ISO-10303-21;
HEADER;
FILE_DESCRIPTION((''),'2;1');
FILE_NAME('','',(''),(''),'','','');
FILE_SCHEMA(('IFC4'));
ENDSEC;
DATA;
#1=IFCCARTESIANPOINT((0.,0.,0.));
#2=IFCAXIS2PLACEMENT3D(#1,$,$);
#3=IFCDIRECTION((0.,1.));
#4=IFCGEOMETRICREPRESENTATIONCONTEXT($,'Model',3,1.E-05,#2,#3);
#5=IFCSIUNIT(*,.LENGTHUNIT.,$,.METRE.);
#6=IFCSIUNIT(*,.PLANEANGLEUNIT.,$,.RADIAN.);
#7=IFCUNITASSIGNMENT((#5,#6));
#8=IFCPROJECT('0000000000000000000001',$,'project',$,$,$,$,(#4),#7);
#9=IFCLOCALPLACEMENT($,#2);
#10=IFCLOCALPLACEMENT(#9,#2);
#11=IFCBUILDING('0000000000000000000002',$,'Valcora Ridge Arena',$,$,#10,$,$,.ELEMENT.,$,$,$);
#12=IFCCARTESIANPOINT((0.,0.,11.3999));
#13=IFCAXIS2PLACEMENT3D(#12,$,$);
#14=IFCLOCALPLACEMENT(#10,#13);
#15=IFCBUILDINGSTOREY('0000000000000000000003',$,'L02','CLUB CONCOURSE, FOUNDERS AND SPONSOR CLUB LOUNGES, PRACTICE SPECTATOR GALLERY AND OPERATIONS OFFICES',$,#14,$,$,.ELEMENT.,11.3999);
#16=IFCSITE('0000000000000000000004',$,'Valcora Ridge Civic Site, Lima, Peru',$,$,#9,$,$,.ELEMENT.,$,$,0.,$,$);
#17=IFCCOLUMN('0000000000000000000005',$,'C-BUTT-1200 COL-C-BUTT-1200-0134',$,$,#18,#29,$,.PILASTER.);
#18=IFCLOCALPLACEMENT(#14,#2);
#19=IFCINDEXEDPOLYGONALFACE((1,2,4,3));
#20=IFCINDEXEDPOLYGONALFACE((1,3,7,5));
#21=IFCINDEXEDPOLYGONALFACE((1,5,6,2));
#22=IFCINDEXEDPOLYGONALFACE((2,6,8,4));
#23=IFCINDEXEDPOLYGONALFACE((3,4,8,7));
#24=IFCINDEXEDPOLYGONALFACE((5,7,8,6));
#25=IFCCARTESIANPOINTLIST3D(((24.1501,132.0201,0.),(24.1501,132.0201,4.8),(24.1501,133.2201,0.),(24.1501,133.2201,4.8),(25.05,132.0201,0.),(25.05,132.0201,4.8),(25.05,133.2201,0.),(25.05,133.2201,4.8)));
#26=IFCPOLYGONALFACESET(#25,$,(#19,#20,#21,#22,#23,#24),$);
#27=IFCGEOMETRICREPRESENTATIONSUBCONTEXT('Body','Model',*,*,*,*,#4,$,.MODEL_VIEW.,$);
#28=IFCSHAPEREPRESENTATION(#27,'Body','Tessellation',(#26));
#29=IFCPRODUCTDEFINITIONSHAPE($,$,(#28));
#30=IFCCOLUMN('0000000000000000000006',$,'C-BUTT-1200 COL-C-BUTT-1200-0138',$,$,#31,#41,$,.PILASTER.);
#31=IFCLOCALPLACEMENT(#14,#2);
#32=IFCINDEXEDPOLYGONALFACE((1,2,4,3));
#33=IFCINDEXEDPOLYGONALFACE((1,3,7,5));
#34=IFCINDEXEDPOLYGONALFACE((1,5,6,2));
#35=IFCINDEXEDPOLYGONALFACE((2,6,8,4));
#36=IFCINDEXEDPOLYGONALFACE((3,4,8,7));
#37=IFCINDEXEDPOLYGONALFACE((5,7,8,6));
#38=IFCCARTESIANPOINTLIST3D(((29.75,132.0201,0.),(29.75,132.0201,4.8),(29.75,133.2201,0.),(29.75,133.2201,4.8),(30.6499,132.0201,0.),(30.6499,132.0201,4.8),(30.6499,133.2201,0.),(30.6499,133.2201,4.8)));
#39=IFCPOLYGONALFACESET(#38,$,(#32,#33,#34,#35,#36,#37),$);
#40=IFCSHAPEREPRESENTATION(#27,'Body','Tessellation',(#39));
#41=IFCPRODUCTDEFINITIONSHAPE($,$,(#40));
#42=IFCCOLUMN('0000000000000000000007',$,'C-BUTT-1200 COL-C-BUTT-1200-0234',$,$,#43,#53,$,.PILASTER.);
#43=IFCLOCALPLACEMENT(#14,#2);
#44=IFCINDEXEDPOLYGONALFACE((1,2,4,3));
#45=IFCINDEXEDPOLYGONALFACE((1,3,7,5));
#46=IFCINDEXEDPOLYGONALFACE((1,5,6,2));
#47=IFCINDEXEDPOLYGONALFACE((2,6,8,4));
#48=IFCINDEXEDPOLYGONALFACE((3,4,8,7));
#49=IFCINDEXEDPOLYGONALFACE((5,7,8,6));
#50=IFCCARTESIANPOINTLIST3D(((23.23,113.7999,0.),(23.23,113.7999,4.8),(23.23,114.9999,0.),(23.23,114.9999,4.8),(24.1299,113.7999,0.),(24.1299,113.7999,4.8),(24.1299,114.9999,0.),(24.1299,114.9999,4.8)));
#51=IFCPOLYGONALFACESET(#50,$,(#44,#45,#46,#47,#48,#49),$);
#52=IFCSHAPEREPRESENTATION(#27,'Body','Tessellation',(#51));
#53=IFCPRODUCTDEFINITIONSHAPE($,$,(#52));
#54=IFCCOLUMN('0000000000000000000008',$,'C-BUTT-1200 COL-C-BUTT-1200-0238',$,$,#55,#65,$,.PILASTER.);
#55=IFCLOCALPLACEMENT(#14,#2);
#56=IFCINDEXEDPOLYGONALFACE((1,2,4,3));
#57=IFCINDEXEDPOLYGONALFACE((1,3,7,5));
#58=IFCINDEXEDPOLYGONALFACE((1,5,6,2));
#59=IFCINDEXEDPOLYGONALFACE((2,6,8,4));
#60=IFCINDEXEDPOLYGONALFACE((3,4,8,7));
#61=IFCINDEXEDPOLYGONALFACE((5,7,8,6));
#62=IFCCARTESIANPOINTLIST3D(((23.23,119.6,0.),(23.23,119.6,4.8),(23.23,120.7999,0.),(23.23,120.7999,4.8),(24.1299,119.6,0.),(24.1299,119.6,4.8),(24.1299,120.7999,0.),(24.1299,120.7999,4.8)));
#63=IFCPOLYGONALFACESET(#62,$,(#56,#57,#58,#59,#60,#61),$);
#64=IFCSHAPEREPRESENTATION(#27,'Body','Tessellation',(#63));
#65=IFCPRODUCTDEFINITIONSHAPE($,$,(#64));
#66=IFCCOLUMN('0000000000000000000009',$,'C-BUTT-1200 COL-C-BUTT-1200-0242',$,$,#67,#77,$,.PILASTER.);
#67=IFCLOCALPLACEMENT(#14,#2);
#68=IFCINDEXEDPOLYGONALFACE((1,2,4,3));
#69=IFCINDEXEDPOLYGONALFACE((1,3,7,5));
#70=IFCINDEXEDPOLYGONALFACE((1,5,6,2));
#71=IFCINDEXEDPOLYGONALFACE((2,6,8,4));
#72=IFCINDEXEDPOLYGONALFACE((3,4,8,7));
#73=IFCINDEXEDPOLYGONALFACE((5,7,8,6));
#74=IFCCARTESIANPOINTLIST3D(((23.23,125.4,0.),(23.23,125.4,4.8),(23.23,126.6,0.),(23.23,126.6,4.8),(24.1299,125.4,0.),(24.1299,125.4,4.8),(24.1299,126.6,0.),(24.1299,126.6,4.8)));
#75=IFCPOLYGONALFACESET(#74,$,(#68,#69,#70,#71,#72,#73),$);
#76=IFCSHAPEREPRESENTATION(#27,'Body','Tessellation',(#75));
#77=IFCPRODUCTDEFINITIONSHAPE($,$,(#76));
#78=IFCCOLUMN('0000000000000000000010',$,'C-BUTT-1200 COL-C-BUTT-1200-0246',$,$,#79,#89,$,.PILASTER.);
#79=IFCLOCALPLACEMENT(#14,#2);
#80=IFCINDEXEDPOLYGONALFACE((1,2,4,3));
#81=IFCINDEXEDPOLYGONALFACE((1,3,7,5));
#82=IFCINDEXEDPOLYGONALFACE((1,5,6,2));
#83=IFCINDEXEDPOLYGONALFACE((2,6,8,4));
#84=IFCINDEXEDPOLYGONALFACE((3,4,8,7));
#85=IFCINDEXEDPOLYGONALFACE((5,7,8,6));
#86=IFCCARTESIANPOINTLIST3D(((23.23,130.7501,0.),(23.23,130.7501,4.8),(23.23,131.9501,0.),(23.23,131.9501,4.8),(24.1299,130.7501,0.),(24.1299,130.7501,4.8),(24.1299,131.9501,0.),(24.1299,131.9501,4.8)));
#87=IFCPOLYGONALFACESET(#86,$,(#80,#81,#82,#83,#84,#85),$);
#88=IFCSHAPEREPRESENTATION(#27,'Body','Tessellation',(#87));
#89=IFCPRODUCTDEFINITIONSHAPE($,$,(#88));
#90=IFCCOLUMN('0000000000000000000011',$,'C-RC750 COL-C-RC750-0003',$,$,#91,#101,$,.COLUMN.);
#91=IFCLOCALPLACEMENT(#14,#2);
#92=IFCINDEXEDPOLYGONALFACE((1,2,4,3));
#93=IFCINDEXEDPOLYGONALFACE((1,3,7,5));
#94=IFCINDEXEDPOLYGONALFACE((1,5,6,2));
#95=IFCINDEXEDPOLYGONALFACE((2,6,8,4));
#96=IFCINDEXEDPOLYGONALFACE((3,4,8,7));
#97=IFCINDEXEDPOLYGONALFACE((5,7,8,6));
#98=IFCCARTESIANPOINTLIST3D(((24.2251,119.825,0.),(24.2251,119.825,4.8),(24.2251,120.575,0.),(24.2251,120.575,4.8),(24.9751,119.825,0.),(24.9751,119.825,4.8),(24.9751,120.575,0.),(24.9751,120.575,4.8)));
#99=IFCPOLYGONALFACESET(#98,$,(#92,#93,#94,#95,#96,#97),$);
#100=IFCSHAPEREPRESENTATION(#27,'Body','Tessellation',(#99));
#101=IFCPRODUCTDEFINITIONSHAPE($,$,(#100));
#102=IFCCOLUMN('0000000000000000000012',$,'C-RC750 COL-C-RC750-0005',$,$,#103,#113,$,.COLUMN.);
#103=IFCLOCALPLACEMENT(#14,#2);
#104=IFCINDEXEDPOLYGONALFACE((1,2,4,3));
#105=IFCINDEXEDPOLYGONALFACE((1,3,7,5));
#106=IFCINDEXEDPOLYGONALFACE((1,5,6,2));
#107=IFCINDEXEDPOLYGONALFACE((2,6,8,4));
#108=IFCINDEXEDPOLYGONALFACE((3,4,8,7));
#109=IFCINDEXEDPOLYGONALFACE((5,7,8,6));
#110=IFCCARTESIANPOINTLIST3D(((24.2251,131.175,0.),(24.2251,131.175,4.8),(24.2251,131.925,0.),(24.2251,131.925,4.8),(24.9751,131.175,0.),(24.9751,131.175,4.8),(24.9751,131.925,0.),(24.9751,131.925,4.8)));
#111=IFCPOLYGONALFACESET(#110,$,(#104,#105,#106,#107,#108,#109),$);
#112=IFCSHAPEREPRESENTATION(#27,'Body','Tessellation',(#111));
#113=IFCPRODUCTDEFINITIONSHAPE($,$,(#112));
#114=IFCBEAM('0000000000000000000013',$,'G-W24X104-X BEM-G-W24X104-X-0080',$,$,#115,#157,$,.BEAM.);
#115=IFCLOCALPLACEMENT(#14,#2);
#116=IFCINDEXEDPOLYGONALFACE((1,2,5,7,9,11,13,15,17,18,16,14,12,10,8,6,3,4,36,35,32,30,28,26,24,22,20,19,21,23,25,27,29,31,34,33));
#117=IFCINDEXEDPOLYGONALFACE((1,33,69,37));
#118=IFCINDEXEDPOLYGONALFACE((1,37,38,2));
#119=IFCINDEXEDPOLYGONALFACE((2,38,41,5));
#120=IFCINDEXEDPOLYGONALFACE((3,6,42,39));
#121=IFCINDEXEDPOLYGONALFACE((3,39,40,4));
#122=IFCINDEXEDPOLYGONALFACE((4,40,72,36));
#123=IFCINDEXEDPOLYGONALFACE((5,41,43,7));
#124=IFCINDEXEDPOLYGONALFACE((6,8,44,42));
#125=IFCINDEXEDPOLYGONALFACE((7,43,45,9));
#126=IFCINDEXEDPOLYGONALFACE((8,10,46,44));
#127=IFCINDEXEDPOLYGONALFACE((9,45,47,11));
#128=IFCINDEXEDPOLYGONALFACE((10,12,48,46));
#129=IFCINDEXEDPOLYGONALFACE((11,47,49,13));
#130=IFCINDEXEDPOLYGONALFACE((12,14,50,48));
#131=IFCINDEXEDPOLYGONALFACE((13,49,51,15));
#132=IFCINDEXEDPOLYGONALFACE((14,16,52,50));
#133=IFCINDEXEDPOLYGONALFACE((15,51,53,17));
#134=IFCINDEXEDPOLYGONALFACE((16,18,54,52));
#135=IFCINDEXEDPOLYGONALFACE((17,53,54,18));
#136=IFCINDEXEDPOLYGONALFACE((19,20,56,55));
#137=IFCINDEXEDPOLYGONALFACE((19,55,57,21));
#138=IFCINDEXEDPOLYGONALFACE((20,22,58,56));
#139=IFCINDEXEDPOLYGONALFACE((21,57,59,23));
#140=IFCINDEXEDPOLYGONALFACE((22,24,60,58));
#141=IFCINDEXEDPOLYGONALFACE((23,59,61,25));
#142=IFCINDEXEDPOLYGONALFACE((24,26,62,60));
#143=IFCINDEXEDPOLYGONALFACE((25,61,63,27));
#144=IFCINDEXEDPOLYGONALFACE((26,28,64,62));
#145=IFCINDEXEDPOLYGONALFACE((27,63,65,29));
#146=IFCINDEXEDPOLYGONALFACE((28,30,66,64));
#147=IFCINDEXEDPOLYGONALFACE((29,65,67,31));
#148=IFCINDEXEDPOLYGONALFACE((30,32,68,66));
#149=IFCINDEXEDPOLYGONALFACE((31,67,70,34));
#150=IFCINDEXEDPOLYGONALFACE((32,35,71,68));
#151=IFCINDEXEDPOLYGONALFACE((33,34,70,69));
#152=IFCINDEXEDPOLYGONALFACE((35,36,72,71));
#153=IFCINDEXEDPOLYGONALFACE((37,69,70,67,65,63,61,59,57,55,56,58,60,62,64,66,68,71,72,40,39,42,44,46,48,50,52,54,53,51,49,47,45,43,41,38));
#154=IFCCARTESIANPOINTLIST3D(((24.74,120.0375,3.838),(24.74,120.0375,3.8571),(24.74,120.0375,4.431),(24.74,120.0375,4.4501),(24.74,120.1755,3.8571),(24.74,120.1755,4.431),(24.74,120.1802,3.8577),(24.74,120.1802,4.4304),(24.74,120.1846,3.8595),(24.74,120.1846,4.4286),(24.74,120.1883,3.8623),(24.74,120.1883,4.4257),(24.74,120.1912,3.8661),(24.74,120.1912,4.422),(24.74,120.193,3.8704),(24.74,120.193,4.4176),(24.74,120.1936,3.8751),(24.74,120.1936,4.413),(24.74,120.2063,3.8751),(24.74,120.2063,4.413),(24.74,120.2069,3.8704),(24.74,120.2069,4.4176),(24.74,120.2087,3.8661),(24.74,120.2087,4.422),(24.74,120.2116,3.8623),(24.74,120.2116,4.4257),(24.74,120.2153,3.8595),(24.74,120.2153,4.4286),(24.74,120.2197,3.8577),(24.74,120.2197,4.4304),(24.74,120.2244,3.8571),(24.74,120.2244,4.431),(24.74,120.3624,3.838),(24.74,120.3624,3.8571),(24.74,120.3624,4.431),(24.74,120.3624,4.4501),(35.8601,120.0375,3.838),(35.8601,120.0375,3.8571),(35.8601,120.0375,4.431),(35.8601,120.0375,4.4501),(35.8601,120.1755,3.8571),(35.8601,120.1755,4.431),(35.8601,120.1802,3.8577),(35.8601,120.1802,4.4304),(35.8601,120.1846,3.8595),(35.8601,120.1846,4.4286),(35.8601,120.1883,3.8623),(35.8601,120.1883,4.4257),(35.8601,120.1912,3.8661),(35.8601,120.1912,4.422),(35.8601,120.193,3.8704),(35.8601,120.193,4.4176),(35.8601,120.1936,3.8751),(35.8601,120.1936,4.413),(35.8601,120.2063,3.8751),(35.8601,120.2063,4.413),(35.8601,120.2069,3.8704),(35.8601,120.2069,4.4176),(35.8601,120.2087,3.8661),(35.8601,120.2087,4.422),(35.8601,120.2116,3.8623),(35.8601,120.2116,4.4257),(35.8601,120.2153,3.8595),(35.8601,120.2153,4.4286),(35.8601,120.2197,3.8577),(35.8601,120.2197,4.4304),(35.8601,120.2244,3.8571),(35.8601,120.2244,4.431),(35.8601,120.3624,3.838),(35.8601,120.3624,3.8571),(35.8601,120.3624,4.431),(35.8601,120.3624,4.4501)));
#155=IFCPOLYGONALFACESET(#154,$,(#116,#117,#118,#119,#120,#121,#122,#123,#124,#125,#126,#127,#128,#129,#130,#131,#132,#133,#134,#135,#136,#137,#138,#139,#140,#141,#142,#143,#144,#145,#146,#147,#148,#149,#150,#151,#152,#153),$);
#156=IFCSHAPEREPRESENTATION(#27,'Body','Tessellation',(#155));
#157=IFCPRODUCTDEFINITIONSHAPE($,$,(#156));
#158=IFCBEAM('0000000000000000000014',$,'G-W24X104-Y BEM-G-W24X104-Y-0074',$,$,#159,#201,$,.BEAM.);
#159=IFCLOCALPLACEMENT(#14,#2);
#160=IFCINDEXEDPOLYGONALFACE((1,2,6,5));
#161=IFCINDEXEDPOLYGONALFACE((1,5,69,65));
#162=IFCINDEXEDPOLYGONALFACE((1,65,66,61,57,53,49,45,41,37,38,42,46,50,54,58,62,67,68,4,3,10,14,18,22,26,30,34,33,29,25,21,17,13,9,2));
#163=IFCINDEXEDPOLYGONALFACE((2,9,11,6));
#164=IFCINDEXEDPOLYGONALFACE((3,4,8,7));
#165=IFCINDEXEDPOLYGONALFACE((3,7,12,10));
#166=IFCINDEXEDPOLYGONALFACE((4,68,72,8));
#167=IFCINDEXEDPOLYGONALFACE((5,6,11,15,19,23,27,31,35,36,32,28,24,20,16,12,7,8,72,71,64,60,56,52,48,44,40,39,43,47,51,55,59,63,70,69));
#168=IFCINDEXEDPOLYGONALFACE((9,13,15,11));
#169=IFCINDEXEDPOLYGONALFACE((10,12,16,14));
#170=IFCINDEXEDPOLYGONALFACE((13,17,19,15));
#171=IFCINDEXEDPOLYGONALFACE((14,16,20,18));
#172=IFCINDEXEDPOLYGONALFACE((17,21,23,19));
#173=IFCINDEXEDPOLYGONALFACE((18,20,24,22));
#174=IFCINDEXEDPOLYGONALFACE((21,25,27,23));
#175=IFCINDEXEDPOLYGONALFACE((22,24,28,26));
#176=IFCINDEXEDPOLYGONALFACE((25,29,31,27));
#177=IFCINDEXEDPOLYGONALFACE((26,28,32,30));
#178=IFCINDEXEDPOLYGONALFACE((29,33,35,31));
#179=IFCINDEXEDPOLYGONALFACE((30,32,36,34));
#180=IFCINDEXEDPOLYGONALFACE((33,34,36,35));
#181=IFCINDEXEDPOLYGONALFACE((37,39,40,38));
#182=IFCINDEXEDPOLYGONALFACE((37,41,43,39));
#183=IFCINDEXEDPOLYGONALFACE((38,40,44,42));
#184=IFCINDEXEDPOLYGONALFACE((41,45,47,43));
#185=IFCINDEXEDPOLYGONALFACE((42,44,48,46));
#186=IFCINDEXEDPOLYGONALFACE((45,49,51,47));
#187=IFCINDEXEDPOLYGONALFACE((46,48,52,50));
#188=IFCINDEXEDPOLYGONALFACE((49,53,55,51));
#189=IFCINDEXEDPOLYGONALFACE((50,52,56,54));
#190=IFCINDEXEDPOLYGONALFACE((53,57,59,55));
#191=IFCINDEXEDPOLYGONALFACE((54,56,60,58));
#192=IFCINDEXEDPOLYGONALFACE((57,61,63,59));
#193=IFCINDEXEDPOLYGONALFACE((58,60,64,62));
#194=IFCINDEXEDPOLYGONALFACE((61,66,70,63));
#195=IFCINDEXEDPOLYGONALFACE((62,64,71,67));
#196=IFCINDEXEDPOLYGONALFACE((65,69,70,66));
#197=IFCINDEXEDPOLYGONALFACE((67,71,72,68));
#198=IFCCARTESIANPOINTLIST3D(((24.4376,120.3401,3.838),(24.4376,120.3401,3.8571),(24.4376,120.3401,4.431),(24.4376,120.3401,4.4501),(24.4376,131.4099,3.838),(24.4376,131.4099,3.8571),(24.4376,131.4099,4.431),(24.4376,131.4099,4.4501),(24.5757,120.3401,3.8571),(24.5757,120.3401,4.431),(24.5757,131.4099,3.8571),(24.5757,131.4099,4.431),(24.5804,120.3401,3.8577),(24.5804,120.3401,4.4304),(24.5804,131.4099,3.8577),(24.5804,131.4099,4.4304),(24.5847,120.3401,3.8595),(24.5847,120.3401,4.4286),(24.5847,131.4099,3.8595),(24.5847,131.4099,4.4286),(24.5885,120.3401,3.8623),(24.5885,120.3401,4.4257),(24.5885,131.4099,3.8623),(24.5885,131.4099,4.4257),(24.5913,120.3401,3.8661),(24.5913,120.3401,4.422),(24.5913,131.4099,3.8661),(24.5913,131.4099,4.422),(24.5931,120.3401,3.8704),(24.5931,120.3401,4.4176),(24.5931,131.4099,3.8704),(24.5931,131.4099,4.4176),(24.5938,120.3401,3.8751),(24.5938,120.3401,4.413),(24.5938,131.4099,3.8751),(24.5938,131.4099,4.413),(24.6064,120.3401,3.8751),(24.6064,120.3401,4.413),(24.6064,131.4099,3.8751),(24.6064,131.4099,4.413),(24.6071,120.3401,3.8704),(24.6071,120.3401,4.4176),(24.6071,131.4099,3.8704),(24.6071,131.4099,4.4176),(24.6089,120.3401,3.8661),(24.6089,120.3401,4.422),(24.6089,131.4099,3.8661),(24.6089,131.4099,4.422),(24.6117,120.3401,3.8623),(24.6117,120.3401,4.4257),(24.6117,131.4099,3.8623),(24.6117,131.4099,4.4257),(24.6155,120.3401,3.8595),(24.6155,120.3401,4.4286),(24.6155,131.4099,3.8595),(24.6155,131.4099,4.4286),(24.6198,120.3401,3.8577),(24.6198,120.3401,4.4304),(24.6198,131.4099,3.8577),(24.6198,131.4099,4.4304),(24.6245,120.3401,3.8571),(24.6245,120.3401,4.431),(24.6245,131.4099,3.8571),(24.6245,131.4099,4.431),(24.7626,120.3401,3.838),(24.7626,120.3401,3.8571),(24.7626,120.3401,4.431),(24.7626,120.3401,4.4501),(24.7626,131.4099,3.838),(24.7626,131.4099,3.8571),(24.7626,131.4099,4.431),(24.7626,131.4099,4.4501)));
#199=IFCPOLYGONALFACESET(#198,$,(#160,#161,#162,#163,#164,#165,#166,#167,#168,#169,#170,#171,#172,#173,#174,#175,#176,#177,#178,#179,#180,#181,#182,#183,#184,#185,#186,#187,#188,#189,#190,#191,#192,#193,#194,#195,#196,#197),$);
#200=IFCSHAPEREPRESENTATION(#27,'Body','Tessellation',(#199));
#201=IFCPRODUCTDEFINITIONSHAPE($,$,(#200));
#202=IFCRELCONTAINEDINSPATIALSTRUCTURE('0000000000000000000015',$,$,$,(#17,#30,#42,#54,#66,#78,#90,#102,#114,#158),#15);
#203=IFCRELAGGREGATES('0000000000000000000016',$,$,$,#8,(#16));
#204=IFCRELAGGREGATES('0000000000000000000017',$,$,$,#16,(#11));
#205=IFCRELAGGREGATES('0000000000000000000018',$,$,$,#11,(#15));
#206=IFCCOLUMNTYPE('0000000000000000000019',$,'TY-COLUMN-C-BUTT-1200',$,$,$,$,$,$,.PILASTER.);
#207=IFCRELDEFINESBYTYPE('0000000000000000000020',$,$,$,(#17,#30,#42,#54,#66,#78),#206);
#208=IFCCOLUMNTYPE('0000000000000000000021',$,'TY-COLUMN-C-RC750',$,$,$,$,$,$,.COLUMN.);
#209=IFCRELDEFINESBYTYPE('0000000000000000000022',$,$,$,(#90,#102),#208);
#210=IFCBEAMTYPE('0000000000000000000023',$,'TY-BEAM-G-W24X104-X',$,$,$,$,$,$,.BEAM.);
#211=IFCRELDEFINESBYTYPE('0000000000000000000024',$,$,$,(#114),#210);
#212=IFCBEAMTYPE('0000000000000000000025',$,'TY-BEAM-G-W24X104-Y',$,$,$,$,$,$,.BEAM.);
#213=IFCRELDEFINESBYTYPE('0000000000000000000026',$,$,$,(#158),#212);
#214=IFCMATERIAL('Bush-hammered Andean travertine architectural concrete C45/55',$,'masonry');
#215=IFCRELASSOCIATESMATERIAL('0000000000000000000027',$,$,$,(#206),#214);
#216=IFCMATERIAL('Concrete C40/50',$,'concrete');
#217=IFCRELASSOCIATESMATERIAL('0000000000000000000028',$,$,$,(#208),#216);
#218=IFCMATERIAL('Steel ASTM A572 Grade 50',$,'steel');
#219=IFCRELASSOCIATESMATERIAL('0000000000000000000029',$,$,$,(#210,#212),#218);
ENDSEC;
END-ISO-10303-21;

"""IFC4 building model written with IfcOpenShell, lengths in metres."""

from ifc_helpers import new_model, si_unit, direction, frame, origin, origin_2d, place, context, subcontext, project, spatial, rectangle, i_section, extrude, material, material_profile, profile_set, type_object, element, save


model = new_model("IFC4")

# Units and contexts
model_context = context("Model", 3, precision=1e-05, world=origin(), true_north=direction((0.0, 1.0)))
body_context = subcontext(model_context, "Body", "Model", "MODEL_VIEW")
ifc_project = project(units=[si_unit("LENGTHUNIT", "METRE"), si_unit("PLANEANGLEUNIT", "RADIAN")], contexts=[model_context])

# Site, building, storey
site_placement = place(None, origin())
site = spatial("IfcSite", under=ifc_project, at=site_placement, Name="Valcora Ridge Civic Site, Lima, Peru", CompositionType="ELEMENT", RefElevation=0.0)
building_placement = place(site_placement, origin())
building = spatial("IfcBuilding", under=site, at=building_placement, Name="Valcora Ridge Arena", CompositionType="ELEMENT")
storey_placement = place(building_placement, frame((0.0, 0.0, 11.3999)))
storey = spatial("IfcBuildingStorey", under=building, at=storey_placement, Name="L02", Description="CLUB CONCOURSE, FOUNDERS AND SPONSOR CLUB LOUNGES, PRACTICE SPECTATOR GALLERY AND OPERATIONS OFFICES", CompositionType="ELEMENT", Elevation=11.3999)

# Columns
ifc_material_1 = material(Name="Bush-hammered Andean travertine architectural concrete C45/55", Category="masonry")
ifc_material_profile_1 = material_profile(ifc_material_1, rectangle(XDim=0.8999, YDim=1.2, at=origin_2d()), Name="RC 900x1200")
ifc_profile_set_1 = profile_set([ifc_material_profile_1], Name="Bush-hammered Andean travertine architectural concrete C45/55")
column_type_1 = type_object("IfcColumnType", Name="TY-COLUMN-C-BUTT-1200", PredefinedType="PILASTER", material=ifc_profile_set_1)
for number, where, z_axis, x_axis, name in (
    (1, (24.6001, 132.6201, 0.0), (0.0, 0.0, 1.0), (1.0, 0.0, 0.0), "C-BUTT-1200 COL-C-BUTT-1200-0134"),
    (2, (30.2, 132.6201, 0.0), (0.0, 0.0, 1.0), (1.0, 0.0, 0.0), "C-BUTT-1200 COL-C-BUTT-1200-0138"),
    (3, (23.6799, 114.3999, 0.0), (0.0, 0.0, 1.0), (1.0, 0.0, 0.0), "C-BUTT-1200 COL-C-BUTT-1200-0234"),
    (4, (23.6799, 120.2, 0.0), (0.0, 0.0, 1.0), (1.0, 0.0, 0.0), "C-BUTT-1200 COL-C-BUTT-1200-0238"),
    (5, (23.6799, 126.0, 0.0), (0.0, 0.0, 1.0), (1.0, 0.0, 0.0), "C-BUTT-1200 COL-C-BUTT-1200-0242"),
    (6, (23.6799, 131.3501, 0.0), (0.0, 0.0, 1.0), (1.0, 0.0, 0.0), "C-BUTT-1200 COL-C-BUTT-1200-0246"),
):
    element("IfcColumn", number, at=place(storey_placement, frame(where, z_axis=z_axis, x_axis=x_axis)), inside=storey, type_object=column_type_1, Name=name, PredefinedType="PILASTER", context=body_context, shape_type="SweptSolid", body=[
        extrude(rectangle(XDim=0.8999, YDim=1.2, at=origin_2d()), origin(), (0.0, 0.0, 1.0), 4.8),
    ])
ifc_material_2 = material(Name="Concrete C40/50", Category="concrete")
ifc_material_profile_2 = material_profile(ifc_material_2, rectangle(XDim=0.75, YDim=0.75, at=origin_2d()), Name="RC 750x750")
ifc_profile_set_2 = profile_set([ifc_material_profile_2], Name="Concrete C40/50")
column_type_2 = type_object("IfcColumnType", Name="TY-COLUMN-C-RC750", PredefinedType="COLUMN", material=ifc_profile_set_2)
for number, where, z_axis, x_axis, name in (
    (7, (24.6001, 120.2, 0.0), (0.0, 0.0, 1.0), (1.0, 0.0, 0.0), "C-RC750 COL-C-RC750-0003"),
    (8, (24.6001, 131.55, 0.0), (0.0, 0.0, 1.0), (1.0, 0.0, 0.0), "C-RC750 COL-C-RC750-0005"),
):
    element("IfcColumn", number, at=place(storey_placement, frame(where, z_axis=z_axis, x_axis=x_axis)), inside=storey, type_object=column_type_2, Name=name, PredefinedType="COLUMN", context=body_context, shape_type="SweptSolid", body=[
        extrude(rectangle(XDim=0.75, YDim=0.75, at=origin_2d()), origin(), (0.0, 0.0, 1.0), 4.8),
    ])

# Beams
ifc_material_3 = material(Name="Steel ASTM A572 Grade 50", Category="steel")
ifc_material_profile_3 = material_profile(ifc_material_3, i_section(OverallWidth=0.325, OverallDepth=0.6121, WebThickness=0.0127, FlangeThickness=0.019, FilletRadius=0.0181, at=origin_2d()), Name="W24X104")
ifc_profile_set_3 = profile_set([ifc_material_profile_3], Name="Steel ASTM A572 Grade 50")
beam_type_1 = type_object("IfcBeamType", Name="TY-BEAM-G-W24X104-X", PredefinedType="BEAM", material=ifc_profile_set_3)
beam_1_placement = place(storey_placement, frame((24.74, 120.2, 4.144), z_axis=(1.0, 0.0, 0.0), x_axis=(0.0, 1.0, 0.0)))
element("IfcBeam", 9, at=beam_1_placement, inside=storey, type_object=beam_type_1, Name="G-W24X104-X BEM-G-W24X104-X-0080", PredefinedType="BEAM", context=body_context, shape_type="SweptSolid", body=[
    extrude(i_section(OverallWidth=0.325, OverallDepth=0.6121, WebThickness=0.0127, FlangeThickness=0.019, FilletRadius=0.0181, at=origin_2d()), origin(), (0.0, 0.0, 1.0), 11.1201),
])
ifc_material_profile_4 = material_profile(ifc_material_3, i_section(OverallWidth=0.325, OverallDepth=0.6121, WebThickness=0.0127, FlangeThickness=0.019, FilletRadius=0.0181, at=origin_2d()), Name="W24X104")
ifc_profile_set_4 = profile_set([ifc_material_profile_4], Name="Steel ASTM A572 Grade 50")
beam_type_2 = type_object("IfcBeamType", Name="TY-BEAM-G-W24X104-Y", PredefinedType="BEAM", material=ifc_profile_set_4)
beam_2_placement = place(storey_placement, frame((24.6001, 120.3401, 4.144), z_axis=(0.0, 1.0, 0.0), x_axis=(-1.0, 0.0, 0.0)))
element("IfcBeam", 10, at=beam_2_placement, inside=storey, type_object=beam_type_2, Name="G-W24X104-Y BEM-G-W24X104-Y-0074", PredefinedType="BEAM", context=body_context, shape_type="SweptSolid", body=[
    extrude(i_section(OverallWidth=0.325, OverallDepth=0.6121, WebThickness=0.0127, FlangeThickness=0.019, FilletRadius=0.0181, at=origin_2d()), origin(), (0.0, 0.0, 1.0), 11.0698),
])

save(model, "model.ifc")
